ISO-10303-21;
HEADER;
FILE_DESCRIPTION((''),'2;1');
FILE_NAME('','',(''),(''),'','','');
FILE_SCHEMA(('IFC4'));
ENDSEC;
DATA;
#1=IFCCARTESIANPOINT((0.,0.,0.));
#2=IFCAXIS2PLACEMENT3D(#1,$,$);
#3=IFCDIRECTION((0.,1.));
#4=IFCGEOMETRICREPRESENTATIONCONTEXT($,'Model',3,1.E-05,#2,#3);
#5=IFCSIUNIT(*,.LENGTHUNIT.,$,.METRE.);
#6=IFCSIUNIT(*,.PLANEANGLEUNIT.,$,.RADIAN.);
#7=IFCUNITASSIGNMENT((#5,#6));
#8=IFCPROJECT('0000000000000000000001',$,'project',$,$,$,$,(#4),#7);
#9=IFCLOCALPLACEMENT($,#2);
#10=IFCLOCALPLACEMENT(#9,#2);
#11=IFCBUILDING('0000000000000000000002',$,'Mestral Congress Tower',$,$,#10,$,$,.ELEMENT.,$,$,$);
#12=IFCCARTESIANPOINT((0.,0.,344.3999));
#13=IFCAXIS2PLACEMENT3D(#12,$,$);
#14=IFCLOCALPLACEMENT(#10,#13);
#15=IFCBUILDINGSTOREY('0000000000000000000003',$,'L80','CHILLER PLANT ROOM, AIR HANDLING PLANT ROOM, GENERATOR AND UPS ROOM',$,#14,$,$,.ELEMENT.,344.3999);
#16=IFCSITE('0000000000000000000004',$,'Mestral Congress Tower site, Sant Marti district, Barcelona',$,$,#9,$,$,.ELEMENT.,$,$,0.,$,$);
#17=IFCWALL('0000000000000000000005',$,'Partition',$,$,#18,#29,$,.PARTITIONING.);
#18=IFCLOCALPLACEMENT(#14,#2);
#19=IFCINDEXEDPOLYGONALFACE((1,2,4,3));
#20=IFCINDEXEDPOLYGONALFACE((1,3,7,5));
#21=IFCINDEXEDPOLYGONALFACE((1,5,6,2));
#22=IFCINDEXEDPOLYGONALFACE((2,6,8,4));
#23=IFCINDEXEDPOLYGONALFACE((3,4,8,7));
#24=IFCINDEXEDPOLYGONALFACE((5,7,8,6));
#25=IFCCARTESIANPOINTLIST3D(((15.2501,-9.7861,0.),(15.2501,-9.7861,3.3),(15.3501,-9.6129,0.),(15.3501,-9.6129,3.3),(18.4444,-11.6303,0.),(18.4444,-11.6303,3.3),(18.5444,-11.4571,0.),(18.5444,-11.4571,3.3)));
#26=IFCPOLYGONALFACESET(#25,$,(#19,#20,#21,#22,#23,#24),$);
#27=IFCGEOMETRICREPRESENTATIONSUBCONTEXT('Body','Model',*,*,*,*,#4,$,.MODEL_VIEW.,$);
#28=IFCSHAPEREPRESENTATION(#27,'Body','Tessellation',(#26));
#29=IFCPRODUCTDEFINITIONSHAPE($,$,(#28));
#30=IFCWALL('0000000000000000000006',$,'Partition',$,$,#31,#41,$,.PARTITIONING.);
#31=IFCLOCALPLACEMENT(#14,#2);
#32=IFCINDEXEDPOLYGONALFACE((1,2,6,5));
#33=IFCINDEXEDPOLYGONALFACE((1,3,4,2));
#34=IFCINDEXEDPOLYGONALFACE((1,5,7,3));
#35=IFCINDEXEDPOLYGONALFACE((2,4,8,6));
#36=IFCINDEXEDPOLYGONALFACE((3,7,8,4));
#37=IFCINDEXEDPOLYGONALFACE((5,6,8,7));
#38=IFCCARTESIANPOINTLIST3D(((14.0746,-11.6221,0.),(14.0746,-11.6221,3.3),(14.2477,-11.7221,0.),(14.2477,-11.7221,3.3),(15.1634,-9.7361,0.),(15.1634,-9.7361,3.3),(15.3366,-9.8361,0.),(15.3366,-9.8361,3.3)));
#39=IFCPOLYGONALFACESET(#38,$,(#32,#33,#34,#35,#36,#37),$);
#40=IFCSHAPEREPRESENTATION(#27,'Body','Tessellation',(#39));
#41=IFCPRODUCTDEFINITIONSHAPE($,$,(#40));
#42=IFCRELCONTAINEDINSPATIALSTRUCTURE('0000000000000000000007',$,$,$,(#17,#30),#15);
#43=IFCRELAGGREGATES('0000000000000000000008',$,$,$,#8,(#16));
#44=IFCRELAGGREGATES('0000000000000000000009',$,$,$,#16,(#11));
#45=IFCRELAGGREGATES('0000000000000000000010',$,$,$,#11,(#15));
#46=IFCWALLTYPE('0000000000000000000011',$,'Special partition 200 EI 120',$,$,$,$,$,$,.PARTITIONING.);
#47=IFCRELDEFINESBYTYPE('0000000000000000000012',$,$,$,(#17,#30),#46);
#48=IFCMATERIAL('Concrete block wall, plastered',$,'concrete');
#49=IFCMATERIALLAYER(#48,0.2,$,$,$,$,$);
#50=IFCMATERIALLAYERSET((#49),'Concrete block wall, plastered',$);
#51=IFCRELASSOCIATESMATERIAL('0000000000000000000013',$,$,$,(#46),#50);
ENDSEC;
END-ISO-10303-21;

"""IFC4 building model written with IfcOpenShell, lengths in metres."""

from ifc_helpers import new_model, si_unit, direction, frame, frame_2d, origin, place, context, subcontext, project, spatial, rectangle, extrude, material, layer, layer_set, type_object, element, save


model = new_model("IFC4")

# Units and contexts
model_context = context("Model", 3, precision=1e-05, world=origin(), true_north=direction((0.0, 1.0)))
body_context = subcontext(model_context, "Body", "Model", "MODEL_VIEW")
ifc_project = project(units=[si_unit("LENGTHUNIT", "METRE"), si_unit("PLANEANGLEUNIT", "RADIAN")], contexts=[model_context])

# Site, building, storey
site_placement = place(None, origin())
site = spatial("IfcSite", under=ifc_project, at=site_placement, Name="Mestral Congress Tower site, Sant Marti district, Barcelona", CompositionType="ELEMENT", RefElevation=0.0)
building_placement = place(site_placement, origin())
building = spatial("IfcBuilding", under=site, at=building_placement, Name="Mestral Congress Tower", CompositionType="ELEMENT")
storey_placement = place(building_placement, frame((0.0, 0.0, 344.3999)))
storey = spatial("IfcBuildingStorey", under=building, at=storey_placement, Name="L80", Description="CHILLER PLANT ROOM, AIR HANDLING PLANT ROOM, GENERATOR AND UPS ROOM", CompositionType="ELEMENT", Elevation=344.3999)

# Walls
ifc_material_1 = material(Name="Concrete block wall, plastered", Category="concrete")
ifc_layer_1 = layer(ifc_material_1, 0.2)
ifc_layer_set_1 = layer_set([ifc_layer_1], Name="Concrete block wall, plastered")
wall_type_1 = type_object("IfcWallType", Name="Special partition 200 EI 120", PredefinedType="PARTITIONING", material=ifc_layer_set_1)
wall_1_placement = place(storey_placement, frame((18.4944, -11.5437, 0.0), z_axis=(0.0, 0.0, 1.0), x_axis=(-0.866027, 0.499997, 0.0)))
element("IfcWall", 1, at=wall_1_placement, inside=storey, type_object=wall_type_1, Name="Partition", PredefinedType="PARTITIONING", context=body_context, shape_type="SweptSolid", body=[
    extrude(rectangle(XDim=3.6885, YDim=0.2, at=frame_2d((1.8442, 0.0))), origin(), (0.0, 0.0, 1.0), 3.3),
])
wall_2_placement = place(storey_placement, frame((15.25, -9.7861, 0.0), z_axis=(0.0, 0.0, 1.0), x_axis=(-0.499997, -0.866027, 0.0)))
element("IfcWall", 2, at=wall_2_placement, inside=storey, type_object=wall_type_1, Name="Partition", PredefinedType="PARTITIONING", context=body_context, shape_type="SweptSolid", body=[
    extrude(rectangle(XDim=2.1777, YDim=0.2, at=frame_2d((1.0889, 0.0))), origin(), (0.0, 0.0, 1.0), 3.3),
])

save(model, "model.ifc")
